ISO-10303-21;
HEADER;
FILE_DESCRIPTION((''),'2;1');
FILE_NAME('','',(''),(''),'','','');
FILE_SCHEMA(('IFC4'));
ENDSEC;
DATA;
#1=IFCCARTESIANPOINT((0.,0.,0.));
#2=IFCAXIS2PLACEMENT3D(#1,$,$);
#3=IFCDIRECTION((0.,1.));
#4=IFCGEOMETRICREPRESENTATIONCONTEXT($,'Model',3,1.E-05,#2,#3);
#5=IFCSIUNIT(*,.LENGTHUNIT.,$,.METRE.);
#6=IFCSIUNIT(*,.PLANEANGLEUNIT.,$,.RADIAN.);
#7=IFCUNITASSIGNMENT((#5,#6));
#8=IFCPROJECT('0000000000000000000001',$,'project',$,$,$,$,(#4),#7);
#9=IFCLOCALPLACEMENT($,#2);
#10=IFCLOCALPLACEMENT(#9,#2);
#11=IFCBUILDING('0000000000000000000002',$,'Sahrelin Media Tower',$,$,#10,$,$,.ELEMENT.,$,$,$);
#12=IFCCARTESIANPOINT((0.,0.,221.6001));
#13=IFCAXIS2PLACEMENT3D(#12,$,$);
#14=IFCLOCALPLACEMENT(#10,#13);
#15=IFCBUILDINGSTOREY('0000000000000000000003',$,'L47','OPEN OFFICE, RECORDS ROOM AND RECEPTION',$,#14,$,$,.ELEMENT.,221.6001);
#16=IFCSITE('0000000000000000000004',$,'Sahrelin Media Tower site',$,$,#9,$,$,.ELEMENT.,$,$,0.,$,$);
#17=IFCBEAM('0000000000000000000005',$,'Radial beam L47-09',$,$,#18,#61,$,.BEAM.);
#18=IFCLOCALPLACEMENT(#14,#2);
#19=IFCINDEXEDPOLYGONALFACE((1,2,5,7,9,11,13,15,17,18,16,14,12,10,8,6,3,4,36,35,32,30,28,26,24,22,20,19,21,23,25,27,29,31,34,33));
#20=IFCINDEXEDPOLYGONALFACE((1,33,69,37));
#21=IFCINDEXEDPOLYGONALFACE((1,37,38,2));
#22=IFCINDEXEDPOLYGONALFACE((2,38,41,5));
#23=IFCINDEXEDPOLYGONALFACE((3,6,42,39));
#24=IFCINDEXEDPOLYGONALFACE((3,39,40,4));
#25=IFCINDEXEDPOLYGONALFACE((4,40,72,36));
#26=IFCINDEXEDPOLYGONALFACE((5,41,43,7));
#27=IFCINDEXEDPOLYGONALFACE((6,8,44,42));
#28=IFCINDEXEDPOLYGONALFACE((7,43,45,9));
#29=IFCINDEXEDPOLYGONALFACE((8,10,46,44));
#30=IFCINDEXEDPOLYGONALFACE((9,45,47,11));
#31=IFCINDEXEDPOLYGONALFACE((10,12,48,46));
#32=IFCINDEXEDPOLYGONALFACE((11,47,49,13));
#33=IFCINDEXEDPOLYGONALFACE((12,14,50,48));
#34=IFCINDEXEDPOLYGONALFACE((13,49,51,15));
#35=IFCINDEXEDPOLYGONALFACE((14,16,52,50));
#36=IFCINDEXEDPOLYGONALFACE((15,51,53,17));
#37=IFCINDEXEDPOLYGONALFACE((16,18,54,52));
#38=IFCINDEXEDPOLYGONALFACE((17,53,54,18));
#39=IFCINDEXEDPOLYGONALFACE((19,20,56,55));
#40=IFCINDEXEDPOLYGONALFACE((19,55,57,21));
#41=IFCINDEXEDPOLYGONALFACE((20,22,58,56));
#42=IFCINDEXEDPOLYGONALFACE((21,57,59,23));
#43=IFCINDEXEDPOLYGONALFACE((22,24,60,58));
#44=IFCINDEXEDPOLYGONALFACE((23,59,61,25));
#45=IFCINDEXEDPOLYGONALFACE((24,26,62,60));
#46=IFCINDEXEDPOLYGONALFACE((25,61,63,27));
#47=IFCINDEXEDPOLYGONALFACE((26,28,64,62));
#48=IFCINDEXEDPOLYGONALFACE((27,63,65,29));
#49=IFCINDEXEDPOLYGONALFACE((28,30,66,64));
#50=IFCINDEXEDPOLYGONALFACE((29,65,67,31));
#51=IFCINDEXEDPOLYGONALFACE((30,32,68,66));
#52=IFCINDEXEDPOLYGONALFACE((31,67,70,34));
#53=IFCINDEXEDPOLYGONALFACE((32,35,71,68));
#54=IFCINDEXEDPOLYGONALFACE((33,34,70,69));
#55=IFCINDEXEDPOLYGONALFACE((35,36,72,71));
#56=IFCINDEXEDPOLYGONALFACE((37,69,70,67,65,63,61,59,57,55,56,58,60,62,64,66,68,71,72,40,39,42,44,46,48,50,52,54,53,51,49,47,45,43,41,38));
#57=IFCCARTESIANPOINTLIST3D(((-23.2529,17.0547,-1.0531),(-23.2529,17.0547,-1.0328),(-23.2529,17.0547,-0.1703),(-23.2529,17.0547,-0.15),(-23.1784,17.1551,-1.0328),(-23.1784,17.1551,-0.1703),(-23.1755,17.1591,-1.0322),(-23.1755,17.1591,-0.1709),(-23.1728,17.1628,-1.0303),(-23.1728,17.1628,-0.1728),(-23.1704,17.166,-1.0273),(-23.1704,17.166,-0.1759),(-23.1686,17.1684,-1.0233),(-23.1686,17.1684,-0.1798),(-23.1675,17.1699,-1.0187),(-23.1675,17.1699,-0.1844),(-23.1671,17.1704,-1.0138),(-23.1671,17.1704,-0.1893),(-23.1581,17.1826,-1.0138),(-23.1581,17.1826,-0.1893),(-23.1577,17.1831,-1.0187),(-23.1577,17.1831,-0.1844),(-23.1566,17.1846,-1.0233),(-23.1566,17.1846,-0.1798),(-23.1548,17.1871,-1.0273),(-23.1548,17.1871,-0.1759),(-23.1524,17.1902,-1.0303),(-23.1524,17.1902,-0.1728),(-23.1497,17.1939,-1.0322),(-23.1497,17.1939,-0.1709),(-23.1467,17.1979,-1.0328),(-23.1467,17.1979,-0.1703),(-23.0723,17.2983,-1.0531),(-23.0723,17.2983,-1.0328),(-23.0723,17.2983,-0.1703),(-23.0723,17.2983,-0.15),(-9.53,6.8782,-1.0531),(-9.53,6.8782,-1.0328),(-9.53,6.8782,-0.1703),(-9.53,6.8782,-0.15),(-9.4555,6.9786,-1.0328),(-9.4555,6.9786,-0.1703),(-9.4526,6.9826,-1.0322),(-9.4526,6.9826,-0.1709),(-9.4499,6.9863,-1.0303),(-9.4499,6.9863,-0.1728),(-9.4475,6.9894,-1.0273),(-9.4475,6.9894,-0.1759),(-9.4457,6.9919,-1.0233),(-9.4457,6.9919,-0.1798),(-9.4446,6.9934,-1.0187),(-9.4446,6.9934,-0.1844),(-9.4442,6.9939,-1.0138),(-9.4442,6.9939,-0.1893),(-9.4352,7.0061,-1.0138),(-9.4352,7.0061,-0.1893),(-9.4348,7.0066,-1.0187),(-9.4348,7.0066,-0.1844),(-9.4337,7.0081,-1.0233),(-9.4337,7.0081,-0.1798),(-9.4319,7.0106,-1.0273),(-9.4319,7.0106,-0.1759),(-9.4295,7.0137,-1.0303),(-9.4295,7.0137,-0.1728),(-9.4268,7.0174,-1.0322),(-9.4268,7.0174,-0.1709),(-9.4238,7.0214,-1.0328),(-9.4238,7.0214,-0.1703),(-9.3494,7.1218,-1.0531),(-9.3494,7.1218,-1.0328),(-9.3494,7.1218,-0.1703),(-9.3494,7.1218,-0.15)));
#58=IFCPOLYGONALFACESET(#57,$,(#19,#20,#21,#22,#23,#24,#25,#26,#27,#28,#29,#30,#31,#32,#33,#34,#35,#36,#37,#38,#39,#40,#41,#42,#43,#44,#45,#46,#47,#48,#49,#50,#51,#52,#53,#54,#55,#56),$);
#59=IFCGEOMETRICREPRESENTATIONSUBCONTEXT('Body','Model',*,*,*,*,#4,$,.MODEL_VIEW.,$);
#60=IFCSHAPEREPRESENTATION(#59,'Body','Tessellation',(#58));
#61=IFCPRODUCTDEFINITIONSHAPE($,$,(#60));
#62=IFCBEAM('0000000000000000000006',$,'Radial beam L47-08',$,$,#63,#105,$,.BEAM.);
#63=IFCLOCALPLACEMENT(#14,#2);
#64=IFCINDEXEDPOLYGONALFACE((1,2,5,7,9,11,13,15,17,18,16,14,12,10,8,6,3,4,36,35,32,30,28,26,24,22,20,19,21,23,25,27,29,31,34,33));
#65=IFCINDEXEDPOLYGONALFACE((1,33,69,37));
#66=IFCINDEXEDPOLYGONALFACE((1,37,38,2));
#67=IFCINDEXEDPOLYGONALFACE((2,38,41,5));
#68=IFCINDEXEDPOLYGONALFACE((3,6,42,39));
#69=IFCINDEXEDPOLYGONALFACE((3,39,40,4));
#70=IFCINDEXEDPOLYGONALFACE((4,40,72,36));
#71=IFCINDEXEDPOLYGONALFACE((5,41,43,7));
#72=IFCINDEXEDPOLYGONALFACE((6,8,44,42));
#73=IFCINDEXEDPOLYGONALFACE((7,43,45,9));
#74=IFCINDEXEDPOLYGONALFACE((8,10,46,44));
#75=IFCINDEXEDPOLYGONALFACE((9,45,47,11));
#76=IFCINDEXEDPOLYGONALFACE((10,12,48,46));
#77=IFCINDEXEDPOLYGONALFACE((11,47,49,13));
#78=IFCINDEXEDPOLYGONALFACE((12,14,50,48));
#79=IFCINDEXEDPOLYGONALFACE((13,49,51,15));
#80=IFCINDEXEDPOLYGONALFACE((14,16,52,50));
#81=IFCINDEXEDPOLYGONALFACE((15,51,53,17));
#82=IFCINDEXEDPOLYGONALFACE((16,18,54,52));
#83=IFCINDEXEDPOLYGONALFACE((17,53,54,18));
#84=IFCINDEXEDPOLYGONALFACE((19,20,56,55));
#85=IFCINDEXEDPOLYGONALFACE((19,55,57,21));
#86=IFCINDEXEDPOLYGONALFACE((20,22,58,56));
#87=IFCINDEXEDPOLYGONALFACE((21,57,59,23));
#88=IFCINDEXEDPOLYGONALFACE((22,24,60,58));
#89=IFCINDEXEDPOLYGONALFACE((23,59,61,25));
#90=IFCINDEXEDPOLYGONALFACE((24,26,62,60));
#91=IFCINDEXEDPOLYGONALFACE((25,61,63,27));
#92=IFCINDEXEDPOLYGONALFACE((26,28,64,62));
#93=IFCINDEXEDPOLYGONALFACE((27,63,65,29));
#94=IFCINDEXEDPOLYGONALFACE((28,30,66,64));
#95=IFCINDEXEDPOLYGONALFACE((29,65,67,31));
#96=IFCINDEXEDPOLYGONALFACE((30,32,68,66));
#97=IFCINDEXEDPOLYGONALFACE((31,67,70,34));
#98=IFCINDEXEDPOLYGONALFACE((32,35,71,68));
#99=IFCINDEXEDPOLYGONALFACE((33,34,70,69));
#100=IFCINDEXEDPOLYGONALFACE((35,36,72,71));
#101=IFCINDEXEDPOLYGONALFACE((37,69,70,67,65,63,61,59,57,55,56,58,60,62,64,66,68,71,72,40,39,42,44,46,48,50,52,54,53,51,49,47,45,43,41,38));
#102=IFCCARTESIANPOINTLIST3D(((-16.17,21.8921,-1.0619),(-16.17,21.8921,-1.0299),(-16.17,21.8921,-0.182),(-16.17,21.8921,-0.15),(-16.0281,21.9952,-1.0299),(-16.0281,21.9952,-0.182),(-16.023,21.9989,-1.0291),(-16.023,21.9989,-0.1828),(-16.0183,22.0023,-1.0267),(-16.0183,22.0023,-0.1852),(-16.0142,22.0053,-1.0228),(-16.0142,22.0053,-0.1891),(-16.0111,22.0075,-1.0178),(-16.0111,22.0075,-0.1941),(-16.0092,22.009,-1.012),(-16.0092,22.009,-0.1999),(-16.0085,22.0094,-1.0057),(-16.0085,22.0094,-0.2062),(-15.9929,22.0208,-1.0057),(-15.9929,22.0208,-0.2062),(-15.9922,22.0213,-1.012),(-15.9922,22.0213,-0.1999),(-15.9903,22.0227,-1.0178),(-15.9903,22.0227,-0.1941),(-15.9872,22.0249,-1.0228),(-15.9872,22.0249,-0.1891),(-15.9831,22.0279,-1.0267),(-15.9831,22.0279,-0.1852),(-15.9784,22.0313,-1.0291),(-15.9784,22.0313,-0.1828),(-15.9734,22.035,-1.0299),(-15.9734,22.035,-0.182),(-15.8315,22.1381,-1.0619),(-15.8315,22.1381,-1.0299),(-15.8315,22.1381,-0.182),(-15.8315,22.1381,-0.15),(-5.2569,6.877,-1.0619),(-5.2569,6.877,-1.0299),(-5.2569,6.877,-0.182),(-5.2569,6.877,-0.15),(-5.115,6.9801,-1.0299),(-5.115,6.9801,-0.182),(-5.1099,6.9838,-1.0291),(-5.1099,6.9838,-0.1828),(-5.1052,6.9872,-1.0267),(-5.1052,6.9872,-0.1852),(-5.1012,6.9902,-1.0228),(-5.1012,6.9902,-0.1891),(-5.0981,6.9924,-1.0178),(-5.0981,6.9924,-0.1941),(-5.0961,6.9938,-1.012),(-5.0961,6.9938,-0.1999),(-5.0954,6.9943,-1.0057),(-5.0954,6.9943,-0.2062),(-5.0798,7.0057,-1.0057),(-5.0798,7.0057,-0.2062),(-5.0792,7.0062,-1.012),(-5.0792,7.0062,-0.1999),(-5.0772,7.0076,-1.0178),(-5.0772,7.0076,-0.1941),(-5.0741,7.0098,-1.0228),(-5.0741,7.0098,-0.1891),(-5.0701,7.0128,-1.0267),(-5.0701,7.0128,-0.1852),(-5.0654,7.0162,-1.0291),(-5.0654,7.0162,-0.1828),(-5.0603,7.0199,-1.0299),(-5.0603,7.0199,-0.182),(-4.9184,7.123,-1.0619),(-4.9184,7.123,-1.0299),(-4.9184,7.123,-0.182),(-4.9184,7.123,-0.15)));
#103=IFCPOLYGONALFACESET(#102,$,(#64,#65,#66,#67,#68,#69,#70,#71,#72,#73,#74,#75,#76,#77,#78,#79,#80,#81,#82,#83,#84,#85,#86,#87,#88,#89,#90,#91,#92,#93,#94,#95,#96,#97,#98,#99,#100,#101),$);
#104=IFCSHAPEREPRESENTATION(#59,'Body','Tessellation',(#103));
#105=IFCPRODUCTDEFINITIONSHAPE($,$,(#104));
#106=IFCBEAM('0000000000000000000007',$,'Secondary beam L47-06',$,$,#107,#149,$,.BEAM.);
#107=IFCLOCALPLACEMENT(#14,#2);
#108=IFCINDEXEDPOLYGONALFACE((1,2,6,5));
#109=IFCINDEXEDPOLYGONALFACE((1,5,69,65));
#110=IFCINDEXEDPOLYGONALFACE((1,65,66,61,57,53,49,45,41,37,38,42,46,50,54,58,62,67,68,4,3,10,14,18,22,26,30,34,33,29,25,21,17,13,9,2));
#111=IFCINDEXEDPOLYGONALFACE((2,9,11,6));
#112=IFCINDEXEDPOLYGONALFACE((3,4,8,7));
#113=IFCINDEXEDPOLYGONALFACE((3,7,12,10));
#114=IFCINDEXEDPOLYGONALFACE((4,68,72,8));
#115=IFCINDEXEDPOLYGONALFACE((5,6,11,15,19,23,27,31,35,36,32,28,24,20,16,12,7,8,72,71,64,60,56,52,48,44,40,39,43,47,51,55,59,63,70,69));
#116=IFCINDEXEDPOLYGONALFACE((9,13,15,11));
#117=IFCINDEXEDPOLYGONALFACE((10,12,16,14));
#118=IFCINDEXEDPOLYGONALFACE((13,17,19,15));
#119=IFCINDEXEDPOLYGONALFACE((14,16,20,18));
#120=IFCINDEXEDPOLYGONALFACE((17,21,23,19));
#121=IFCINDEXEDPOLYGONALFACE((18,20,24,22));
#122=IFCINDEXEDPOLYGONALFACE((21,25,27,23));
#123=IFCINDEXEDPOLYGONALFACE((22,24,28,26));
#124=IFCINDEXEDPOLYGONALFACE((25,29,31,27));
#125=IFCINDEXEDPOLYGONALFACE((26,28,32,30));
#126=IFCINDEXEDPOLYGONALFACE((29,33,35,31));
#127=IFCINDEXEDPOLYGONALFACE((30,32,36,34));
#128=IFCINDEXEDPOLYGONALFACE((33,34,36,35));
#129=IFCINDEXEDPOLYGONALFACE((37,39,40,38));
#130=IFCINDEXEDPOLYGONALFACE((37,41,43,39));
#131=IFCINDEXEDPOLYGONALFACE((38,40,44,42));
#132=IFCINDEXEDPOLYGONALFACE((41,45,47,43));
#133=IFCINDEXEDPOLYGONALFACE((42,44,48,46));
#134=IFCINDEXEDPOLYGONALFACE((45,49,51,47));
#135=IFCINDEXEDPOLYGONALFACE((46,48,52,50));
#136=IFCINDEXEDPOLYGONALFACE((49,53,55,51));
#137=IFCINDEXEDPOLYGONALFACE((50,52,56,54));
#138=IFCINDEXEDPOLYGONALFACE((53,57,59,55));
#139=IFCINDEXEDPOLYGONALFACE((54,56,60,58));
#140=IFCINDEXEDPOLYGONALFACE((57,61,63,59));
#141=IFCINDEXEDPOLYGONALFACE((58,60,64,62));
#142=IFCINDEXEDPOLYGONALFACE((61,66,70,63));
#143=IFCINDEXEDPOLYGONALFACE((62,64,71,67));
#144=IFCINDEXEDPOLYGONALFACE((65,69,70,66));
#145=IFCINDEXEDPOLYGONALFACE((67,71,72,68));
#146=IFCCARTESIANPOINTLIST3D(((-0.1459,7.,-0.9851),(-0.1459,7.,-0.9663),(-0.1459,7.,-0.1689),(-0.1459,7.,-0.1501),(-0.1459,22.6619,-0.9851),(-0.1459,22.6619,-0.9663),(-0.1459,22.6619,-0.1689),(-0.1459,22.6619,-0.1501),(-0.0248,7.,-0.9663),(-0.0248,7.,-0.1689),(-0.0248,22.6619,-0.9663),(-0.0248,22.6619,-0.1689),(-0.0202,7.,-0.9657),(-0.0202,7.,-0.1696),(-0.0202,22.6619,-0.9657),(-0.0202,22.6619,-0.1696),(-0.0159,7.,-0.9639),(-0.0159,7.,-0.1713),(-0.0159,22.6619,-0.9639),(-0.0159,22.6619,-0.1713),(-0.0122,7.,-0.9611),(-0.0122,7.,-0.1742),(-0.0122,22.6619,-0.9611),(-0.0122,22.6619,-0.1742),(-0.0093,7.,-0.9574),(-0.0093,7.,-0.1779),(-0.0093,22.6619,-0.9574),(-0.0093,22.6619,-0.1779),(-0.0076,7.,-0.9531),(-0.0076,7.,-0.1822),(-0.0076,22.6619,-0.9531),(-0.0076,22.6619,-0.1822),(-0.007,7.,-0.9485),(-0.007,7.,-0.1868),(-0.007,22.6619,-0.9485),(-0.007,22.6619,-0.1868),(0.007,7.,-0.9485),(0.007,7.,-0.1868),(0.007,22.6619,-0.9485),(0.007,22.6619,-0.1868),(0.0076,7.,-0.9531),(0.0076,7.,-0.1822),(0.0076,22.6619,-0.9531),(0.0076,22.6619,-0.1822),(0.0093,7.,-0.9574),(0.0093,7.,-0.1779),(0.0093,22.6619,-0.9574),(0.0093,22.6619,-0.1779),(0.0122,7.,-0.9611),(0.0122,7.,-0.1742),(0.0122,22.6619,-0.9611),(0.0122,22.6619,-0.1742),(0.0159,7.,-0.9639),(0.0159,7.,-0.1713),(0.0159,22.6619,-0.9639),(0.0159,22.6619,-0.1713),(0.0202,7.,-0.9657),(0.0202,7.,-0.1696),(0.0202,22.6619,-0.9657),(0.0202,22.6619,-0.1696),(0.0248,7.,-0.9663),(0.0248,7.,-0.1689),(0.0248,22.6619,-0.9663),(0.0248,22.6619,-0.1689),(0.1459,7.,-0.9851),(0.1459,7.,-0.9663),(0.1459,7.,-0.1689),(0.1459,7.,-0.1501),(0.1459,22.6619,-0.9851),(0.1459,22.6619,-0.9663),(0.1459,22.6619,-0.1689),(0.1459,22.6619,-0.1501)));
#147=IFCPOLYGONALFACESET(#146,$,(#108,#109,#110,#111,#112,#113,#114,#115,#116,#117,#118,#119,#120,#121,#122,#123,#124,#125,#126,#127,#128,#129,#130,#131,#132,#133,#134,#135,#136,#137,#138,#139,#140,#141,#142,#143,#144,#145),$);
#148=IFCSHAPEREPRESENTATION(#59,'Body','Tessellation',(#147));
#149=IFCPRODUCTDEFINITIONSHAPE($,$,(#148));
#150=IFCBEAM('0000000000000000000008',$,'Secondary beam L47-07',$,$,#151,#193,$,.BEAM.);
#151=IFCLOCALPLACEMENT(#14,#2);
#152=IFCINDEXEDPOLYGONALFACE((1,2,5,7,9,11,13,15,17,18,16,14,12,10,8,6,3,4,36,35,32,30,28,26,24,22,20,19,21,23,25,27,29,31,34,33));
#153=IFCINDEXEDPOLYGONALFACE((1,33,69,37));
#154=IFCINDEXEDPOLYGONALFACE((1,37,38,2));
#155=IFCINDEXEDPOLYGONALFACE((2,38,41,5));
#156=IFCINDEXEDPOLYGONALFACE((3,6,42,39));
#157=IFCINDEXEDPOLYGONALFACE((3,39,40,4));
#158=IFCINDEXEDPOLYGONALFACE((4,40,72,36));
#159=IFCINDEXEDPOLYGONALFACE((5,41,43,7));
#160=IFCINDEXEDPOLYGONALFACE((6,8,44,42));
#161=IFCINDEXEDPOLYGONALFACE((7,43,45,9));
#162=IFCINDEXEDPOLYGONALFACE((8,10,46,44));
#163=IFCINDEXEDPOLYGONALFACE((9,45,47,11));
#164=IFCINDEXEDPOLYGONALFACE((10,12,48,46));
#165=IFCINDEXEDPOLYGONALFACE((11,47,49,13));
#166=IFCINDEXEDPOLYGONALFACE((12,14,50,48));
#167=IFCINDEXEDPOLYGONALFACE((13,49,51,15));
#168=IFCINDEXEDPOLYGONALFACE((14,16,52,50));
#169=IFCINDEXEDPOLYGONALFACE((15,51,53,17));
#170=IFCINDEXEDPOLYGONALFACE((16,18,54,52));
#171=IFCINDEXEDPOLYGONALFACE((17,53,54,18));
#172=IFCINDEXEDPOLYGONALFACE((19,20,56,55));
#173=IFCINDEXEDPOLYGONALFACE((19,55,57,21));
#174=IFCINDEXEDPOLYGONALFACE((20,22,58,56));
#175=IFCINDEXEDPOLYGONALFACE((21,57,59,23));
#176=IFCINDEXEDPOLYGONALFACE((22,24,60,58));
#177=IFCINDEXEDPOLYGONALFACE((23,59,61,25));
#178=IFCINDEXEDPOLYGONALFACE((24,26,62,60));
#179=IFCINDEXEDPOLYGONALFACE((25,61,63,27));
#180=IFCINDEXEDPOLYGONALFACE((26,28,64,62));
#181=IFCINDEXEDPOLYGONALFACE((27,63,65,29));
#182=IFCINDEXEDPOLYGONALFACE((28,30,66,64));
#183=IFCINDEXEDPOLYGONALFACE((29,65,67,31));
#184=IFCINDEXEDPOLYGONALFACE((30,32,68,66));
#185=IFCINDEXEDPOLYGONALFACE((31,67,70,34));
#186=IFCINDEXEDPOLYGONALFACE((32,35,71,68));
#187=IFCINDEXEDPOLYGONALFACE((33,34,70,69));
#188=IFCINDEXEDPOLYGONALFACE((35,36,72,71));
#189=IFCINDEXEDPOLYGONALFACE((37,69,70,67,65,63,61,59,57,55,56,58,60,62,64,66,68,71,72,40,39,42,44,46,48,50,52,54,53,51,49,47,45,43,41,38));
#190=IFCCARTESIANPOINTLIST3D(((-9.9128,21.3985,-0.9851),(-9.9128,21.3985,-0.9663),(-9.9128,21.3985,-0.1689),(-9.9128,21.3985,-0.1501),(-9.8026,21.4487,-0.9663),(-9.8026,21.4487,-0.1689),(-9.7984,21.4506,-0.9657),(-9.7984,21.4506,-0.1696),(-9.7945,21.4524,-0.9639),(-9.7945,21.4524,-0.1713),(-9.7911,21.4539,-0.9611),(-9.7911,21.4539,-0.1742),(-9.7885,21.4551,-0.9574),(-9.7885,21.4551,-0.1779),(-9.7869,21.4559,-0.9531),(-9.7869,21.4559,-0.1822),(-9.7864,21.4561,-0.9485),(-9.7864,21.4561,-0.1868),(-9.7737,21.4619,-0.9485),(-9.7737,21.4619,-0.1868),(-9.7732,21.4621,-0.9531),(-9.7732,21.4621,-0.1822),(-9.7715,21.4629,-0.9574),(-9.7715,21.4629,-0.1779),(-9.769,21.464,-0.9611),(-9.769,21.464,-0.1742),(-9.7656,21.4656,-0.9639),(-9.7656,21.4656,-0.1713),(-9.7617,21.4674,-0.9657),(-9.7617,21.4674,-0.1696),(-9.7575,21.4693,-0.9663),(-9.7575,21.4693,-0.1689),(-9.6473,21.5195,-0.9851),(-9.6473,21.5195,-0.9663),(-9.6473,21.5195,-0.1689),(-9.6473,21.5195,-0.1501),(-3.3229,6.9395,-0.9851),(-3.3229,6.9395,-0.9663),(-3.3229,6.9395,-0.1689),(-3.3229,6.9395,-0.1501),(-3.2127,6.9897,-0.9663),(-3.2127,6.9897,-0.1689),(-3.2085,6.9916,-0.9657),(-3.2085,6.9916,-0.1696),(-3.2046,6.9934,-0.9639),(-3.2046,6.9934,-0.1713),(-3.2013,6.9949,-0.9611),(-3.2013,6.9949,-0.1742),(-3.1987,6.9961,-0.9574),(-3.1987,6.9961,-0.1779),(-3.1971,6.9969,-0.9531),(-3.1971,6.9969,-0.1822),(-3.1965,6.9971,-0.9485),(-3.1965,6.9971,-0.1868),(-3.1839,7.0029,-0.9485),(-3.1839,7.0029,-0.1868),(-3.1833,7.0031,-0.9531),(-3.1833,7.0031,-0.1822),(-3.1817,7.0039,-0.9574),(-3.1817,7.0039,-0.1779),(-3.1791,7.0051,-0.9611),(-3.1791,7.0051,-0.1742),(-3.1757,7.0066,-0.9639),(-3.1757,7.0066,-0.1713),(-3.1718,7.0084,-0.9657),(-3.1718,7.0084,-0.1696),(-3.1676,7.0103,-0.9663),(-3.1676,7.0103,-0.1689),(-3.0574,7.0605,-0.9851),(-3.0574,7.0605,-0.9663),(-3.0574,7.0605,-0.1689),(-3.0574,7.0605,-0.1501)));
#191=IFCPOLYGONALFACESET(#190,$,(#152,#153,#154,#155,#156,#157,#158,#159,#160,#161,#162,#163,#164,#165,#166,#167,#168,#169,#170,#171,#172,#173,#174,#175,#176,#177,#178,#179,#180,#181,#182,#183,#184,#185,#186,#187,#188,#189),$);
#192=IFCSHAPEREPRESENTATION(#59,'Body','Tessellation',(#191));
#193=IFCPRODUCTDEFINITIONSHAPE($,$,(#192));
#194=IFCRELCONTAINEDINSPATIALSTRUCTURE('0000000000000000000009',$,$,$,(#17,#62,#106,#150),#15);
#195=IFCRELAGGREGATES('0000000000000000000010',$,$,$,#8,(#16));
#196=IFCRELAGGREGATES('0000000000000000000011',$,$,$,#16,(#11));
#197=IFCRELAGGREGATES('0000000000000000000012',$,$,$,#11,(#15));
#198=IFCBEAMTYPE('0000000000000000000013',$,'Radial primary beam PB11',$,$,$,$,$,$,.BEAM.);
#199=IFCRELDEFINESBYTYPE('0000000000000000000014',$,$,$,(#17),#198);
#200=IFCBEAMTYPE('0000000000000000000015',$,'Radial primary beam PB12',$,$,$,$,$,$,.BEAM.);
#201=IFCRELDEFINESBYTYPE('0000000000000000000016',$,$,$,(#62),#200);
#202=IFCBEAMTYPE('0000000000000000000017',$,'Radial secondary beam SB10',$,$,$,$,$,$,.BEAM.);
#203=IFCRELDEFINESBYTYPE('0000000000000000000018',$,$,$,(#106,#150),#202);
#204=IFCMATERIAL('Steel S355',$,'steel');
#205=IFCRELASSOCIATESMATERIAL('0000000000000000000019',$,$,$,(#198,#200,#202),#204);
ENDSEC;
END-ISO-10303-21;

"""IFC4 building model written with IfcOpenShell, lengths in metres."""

from ifc_helpers import new_model, si_unit, direction, frame, origin, origin_2d, place, context, subcontext, project, spatial, i_section, extrude, material, material_profile, profile_set, type_object, element, save


model = new_model("IFC4")

# Units and contexts
model_context = context("Model", 3, precision=1e-05, world=origin(), true_north=direction((0.0, 1.0)))
body_context = subcontext(model_context, "Body", "Model", "MODEL_VIEW")
ifc_project = project(units=[si_unit("LENGTHUNIT", "METRE"), si_unit("PLANEANGLEUNIT", "RADIAN")], contexts=[model_context])

# Site, building, storey
site_placement = place(None, origin())
site = spatial("IfcSite", under=ifc_project, at=site_placement, Name="Sahrelin Media Tower site", CompositionType="ELEMENT", RefElevation=0.0)
building_placement = place(site_placement, origin())
building = spatial("IfcBuilding", under=site, at=building_placement, Name="Sahrelin Media Tower", CompositionType="ELEMENT")
storey_placement = place(building_placement, frame((0.0, 0.0, 221.6001)))
storey = spatial("IfcBuildingStorey", under=building, at=storey_placement, Name="L47", Description="OPEN OFFICE, RECORDS ROOM AND RECEPTION", CompositionType="ELEMENT", Elevation=221.6001)

# Shared definitions
ifc_material_1 = material(Name="Steel S355", Category="steel")

# Beams
ifc_material_profile_1 = material_profile(ifc_material_1, i_section(OverallWidth=0.3032, OverallDepth=0.9031, WebThickness=0.0151, FlangeThickness=0.0203, FilletRadius=0.019, at=origin_2d()), Name="UB 914x305x201")
ifc_profile_set_1 = profile_set([ifc_material_profile_1], Name="Steel S355")
beam_type_1 = type_object("IfcBeamType", Name="Radial primary beam PB11", PredefinedType="BEAM", material=ifc_profile_set_1)
beam_1_placement = place(storey_placement, frame((-9.4397, 7.0, -0.6016), z_axis=(-0.803238, 0.595658, 0.0), x_axis=(-0.595658, -0.803238, 0.0)))
element("IfcBeam", 1, at=beam_1_placement, inside=storey, type_object=beam_type_1, Name="Radial beam L47-09", PredefinedType="BEAM", context=body_context, shape_type="SweptSolid", body=[
    extrude(i_section(OverallWidth=0.3032, OverallDepth=0.9031, WebThickness=0.0151, FlangeThickness=0.0203, FilletRadius=0.019, at=origin_2d()), origin(), (0.0, 0.0, 1.0), 17.0845),
])
ifc_material_profile_2 = material_profile(ifc_material_1, i_section(OverallWidth=0.4185, OverallDepth=0.9119, WebThickness=0.0193, FlangeThickness=0.032, FilletRadius=0.0242, at=origin_2d()), Name="UB 914x419x343")
ifc_profile_set_2 = profile_set([ifc_material_profile_2], Name="Steel S355")
beam_type_2 = type_object("IfcBeamType", Name="Radial primary beam PB12", PredefinedType="BEAM", material=ifc_profile_set_2)
beam_2_placement = place(storey_placement, frame((-5.0876, 7.0, -0.606), z_axis=(-0.587925, 0.808916, 0.0), x_axis=(-0.808916, -0.587925, 0.0)))
element("IfcBeam", 2, at=beam_2_placement, inside=storey, type_object=beam_type_2, Name="Radial beam L47-08", PredefinedType="BEAM", context=body_context, shape_type="SweptSolid", body=[
    extrude(i_section(OverallWidth=0.4185, OverallDepth=0.9119, WebThickness=0.0193, FlangeThickness=0.032, FilletRadius=0.0242, at=origin_2d()), origin(), (0.0, 0.0, 1.0), 18.562),
])
ifc_material_profile_3 = material_profile(ifc_material_1, i_section(OverallWidth=0.2917, OverallDepth=0.835, WebThickness=0.0139, FlangeThickness=0.0188, FilletRadius=0.0178, at=origin_2d()), Name="UB 838x292x176")
ifc_profile_set_3 = profile_set([ifc_material_profile_3], Name="Steel S355")
beam_type_3 = type_object("IfcBeamType", Name="Radial secondary beam SB10", PredefinedType="BEAM", material=ifc_profile_set_3)
beam_3_placement = place(storey_placement, frame((0.0, 7.0, -0.5676), z_axis=(0.0, 1.0, 0.0), x_axis=(-1.0, 0.0, 0.0)))
element("IfcBeam", 3, at=beam_3_placement, inside=storey, type_object=beam_type_3, Name="Secondary beam L47-06", PredefinedType="BEAM", context=body_context, shape_type="SweptSolid", body=[
    extrude(i_section(OverallWidth=0.2917, OverallDepth=0.835, WebThickness=0.0139, FlangeThickness=0.0188, FilletRadius=0.0178, at=origin_2d()), origin(), (0.0, 0.0, 1.0), 15.6619),
])
beam_4_placement = place(storey_placement, frame((-3.1902, 7.0, -0.5676), z_axis=(-0.41472, 0.909949, 0.0), x_axis=(-0.909949, -0.41472, 0.0)))
element("IfcBeam", 4, at=beam_4_placement, inside=storey, type_object=beam_type_3, Name="Secondary beam L47-07", PredefinedType="BEAM", context=body_context, shape_type="SweptSolid", body=[
    extrude(i_section(OverallWidth=0.2917, OverallDepth=0.835, WebThickness=0.0139, FlangeThickness=0.0188, FilletRadius=0.0178, at=origin_2d()), origin(), (0.0, 0.0, 1.0), 15.8899),
])

save(model, "model.ifc")
